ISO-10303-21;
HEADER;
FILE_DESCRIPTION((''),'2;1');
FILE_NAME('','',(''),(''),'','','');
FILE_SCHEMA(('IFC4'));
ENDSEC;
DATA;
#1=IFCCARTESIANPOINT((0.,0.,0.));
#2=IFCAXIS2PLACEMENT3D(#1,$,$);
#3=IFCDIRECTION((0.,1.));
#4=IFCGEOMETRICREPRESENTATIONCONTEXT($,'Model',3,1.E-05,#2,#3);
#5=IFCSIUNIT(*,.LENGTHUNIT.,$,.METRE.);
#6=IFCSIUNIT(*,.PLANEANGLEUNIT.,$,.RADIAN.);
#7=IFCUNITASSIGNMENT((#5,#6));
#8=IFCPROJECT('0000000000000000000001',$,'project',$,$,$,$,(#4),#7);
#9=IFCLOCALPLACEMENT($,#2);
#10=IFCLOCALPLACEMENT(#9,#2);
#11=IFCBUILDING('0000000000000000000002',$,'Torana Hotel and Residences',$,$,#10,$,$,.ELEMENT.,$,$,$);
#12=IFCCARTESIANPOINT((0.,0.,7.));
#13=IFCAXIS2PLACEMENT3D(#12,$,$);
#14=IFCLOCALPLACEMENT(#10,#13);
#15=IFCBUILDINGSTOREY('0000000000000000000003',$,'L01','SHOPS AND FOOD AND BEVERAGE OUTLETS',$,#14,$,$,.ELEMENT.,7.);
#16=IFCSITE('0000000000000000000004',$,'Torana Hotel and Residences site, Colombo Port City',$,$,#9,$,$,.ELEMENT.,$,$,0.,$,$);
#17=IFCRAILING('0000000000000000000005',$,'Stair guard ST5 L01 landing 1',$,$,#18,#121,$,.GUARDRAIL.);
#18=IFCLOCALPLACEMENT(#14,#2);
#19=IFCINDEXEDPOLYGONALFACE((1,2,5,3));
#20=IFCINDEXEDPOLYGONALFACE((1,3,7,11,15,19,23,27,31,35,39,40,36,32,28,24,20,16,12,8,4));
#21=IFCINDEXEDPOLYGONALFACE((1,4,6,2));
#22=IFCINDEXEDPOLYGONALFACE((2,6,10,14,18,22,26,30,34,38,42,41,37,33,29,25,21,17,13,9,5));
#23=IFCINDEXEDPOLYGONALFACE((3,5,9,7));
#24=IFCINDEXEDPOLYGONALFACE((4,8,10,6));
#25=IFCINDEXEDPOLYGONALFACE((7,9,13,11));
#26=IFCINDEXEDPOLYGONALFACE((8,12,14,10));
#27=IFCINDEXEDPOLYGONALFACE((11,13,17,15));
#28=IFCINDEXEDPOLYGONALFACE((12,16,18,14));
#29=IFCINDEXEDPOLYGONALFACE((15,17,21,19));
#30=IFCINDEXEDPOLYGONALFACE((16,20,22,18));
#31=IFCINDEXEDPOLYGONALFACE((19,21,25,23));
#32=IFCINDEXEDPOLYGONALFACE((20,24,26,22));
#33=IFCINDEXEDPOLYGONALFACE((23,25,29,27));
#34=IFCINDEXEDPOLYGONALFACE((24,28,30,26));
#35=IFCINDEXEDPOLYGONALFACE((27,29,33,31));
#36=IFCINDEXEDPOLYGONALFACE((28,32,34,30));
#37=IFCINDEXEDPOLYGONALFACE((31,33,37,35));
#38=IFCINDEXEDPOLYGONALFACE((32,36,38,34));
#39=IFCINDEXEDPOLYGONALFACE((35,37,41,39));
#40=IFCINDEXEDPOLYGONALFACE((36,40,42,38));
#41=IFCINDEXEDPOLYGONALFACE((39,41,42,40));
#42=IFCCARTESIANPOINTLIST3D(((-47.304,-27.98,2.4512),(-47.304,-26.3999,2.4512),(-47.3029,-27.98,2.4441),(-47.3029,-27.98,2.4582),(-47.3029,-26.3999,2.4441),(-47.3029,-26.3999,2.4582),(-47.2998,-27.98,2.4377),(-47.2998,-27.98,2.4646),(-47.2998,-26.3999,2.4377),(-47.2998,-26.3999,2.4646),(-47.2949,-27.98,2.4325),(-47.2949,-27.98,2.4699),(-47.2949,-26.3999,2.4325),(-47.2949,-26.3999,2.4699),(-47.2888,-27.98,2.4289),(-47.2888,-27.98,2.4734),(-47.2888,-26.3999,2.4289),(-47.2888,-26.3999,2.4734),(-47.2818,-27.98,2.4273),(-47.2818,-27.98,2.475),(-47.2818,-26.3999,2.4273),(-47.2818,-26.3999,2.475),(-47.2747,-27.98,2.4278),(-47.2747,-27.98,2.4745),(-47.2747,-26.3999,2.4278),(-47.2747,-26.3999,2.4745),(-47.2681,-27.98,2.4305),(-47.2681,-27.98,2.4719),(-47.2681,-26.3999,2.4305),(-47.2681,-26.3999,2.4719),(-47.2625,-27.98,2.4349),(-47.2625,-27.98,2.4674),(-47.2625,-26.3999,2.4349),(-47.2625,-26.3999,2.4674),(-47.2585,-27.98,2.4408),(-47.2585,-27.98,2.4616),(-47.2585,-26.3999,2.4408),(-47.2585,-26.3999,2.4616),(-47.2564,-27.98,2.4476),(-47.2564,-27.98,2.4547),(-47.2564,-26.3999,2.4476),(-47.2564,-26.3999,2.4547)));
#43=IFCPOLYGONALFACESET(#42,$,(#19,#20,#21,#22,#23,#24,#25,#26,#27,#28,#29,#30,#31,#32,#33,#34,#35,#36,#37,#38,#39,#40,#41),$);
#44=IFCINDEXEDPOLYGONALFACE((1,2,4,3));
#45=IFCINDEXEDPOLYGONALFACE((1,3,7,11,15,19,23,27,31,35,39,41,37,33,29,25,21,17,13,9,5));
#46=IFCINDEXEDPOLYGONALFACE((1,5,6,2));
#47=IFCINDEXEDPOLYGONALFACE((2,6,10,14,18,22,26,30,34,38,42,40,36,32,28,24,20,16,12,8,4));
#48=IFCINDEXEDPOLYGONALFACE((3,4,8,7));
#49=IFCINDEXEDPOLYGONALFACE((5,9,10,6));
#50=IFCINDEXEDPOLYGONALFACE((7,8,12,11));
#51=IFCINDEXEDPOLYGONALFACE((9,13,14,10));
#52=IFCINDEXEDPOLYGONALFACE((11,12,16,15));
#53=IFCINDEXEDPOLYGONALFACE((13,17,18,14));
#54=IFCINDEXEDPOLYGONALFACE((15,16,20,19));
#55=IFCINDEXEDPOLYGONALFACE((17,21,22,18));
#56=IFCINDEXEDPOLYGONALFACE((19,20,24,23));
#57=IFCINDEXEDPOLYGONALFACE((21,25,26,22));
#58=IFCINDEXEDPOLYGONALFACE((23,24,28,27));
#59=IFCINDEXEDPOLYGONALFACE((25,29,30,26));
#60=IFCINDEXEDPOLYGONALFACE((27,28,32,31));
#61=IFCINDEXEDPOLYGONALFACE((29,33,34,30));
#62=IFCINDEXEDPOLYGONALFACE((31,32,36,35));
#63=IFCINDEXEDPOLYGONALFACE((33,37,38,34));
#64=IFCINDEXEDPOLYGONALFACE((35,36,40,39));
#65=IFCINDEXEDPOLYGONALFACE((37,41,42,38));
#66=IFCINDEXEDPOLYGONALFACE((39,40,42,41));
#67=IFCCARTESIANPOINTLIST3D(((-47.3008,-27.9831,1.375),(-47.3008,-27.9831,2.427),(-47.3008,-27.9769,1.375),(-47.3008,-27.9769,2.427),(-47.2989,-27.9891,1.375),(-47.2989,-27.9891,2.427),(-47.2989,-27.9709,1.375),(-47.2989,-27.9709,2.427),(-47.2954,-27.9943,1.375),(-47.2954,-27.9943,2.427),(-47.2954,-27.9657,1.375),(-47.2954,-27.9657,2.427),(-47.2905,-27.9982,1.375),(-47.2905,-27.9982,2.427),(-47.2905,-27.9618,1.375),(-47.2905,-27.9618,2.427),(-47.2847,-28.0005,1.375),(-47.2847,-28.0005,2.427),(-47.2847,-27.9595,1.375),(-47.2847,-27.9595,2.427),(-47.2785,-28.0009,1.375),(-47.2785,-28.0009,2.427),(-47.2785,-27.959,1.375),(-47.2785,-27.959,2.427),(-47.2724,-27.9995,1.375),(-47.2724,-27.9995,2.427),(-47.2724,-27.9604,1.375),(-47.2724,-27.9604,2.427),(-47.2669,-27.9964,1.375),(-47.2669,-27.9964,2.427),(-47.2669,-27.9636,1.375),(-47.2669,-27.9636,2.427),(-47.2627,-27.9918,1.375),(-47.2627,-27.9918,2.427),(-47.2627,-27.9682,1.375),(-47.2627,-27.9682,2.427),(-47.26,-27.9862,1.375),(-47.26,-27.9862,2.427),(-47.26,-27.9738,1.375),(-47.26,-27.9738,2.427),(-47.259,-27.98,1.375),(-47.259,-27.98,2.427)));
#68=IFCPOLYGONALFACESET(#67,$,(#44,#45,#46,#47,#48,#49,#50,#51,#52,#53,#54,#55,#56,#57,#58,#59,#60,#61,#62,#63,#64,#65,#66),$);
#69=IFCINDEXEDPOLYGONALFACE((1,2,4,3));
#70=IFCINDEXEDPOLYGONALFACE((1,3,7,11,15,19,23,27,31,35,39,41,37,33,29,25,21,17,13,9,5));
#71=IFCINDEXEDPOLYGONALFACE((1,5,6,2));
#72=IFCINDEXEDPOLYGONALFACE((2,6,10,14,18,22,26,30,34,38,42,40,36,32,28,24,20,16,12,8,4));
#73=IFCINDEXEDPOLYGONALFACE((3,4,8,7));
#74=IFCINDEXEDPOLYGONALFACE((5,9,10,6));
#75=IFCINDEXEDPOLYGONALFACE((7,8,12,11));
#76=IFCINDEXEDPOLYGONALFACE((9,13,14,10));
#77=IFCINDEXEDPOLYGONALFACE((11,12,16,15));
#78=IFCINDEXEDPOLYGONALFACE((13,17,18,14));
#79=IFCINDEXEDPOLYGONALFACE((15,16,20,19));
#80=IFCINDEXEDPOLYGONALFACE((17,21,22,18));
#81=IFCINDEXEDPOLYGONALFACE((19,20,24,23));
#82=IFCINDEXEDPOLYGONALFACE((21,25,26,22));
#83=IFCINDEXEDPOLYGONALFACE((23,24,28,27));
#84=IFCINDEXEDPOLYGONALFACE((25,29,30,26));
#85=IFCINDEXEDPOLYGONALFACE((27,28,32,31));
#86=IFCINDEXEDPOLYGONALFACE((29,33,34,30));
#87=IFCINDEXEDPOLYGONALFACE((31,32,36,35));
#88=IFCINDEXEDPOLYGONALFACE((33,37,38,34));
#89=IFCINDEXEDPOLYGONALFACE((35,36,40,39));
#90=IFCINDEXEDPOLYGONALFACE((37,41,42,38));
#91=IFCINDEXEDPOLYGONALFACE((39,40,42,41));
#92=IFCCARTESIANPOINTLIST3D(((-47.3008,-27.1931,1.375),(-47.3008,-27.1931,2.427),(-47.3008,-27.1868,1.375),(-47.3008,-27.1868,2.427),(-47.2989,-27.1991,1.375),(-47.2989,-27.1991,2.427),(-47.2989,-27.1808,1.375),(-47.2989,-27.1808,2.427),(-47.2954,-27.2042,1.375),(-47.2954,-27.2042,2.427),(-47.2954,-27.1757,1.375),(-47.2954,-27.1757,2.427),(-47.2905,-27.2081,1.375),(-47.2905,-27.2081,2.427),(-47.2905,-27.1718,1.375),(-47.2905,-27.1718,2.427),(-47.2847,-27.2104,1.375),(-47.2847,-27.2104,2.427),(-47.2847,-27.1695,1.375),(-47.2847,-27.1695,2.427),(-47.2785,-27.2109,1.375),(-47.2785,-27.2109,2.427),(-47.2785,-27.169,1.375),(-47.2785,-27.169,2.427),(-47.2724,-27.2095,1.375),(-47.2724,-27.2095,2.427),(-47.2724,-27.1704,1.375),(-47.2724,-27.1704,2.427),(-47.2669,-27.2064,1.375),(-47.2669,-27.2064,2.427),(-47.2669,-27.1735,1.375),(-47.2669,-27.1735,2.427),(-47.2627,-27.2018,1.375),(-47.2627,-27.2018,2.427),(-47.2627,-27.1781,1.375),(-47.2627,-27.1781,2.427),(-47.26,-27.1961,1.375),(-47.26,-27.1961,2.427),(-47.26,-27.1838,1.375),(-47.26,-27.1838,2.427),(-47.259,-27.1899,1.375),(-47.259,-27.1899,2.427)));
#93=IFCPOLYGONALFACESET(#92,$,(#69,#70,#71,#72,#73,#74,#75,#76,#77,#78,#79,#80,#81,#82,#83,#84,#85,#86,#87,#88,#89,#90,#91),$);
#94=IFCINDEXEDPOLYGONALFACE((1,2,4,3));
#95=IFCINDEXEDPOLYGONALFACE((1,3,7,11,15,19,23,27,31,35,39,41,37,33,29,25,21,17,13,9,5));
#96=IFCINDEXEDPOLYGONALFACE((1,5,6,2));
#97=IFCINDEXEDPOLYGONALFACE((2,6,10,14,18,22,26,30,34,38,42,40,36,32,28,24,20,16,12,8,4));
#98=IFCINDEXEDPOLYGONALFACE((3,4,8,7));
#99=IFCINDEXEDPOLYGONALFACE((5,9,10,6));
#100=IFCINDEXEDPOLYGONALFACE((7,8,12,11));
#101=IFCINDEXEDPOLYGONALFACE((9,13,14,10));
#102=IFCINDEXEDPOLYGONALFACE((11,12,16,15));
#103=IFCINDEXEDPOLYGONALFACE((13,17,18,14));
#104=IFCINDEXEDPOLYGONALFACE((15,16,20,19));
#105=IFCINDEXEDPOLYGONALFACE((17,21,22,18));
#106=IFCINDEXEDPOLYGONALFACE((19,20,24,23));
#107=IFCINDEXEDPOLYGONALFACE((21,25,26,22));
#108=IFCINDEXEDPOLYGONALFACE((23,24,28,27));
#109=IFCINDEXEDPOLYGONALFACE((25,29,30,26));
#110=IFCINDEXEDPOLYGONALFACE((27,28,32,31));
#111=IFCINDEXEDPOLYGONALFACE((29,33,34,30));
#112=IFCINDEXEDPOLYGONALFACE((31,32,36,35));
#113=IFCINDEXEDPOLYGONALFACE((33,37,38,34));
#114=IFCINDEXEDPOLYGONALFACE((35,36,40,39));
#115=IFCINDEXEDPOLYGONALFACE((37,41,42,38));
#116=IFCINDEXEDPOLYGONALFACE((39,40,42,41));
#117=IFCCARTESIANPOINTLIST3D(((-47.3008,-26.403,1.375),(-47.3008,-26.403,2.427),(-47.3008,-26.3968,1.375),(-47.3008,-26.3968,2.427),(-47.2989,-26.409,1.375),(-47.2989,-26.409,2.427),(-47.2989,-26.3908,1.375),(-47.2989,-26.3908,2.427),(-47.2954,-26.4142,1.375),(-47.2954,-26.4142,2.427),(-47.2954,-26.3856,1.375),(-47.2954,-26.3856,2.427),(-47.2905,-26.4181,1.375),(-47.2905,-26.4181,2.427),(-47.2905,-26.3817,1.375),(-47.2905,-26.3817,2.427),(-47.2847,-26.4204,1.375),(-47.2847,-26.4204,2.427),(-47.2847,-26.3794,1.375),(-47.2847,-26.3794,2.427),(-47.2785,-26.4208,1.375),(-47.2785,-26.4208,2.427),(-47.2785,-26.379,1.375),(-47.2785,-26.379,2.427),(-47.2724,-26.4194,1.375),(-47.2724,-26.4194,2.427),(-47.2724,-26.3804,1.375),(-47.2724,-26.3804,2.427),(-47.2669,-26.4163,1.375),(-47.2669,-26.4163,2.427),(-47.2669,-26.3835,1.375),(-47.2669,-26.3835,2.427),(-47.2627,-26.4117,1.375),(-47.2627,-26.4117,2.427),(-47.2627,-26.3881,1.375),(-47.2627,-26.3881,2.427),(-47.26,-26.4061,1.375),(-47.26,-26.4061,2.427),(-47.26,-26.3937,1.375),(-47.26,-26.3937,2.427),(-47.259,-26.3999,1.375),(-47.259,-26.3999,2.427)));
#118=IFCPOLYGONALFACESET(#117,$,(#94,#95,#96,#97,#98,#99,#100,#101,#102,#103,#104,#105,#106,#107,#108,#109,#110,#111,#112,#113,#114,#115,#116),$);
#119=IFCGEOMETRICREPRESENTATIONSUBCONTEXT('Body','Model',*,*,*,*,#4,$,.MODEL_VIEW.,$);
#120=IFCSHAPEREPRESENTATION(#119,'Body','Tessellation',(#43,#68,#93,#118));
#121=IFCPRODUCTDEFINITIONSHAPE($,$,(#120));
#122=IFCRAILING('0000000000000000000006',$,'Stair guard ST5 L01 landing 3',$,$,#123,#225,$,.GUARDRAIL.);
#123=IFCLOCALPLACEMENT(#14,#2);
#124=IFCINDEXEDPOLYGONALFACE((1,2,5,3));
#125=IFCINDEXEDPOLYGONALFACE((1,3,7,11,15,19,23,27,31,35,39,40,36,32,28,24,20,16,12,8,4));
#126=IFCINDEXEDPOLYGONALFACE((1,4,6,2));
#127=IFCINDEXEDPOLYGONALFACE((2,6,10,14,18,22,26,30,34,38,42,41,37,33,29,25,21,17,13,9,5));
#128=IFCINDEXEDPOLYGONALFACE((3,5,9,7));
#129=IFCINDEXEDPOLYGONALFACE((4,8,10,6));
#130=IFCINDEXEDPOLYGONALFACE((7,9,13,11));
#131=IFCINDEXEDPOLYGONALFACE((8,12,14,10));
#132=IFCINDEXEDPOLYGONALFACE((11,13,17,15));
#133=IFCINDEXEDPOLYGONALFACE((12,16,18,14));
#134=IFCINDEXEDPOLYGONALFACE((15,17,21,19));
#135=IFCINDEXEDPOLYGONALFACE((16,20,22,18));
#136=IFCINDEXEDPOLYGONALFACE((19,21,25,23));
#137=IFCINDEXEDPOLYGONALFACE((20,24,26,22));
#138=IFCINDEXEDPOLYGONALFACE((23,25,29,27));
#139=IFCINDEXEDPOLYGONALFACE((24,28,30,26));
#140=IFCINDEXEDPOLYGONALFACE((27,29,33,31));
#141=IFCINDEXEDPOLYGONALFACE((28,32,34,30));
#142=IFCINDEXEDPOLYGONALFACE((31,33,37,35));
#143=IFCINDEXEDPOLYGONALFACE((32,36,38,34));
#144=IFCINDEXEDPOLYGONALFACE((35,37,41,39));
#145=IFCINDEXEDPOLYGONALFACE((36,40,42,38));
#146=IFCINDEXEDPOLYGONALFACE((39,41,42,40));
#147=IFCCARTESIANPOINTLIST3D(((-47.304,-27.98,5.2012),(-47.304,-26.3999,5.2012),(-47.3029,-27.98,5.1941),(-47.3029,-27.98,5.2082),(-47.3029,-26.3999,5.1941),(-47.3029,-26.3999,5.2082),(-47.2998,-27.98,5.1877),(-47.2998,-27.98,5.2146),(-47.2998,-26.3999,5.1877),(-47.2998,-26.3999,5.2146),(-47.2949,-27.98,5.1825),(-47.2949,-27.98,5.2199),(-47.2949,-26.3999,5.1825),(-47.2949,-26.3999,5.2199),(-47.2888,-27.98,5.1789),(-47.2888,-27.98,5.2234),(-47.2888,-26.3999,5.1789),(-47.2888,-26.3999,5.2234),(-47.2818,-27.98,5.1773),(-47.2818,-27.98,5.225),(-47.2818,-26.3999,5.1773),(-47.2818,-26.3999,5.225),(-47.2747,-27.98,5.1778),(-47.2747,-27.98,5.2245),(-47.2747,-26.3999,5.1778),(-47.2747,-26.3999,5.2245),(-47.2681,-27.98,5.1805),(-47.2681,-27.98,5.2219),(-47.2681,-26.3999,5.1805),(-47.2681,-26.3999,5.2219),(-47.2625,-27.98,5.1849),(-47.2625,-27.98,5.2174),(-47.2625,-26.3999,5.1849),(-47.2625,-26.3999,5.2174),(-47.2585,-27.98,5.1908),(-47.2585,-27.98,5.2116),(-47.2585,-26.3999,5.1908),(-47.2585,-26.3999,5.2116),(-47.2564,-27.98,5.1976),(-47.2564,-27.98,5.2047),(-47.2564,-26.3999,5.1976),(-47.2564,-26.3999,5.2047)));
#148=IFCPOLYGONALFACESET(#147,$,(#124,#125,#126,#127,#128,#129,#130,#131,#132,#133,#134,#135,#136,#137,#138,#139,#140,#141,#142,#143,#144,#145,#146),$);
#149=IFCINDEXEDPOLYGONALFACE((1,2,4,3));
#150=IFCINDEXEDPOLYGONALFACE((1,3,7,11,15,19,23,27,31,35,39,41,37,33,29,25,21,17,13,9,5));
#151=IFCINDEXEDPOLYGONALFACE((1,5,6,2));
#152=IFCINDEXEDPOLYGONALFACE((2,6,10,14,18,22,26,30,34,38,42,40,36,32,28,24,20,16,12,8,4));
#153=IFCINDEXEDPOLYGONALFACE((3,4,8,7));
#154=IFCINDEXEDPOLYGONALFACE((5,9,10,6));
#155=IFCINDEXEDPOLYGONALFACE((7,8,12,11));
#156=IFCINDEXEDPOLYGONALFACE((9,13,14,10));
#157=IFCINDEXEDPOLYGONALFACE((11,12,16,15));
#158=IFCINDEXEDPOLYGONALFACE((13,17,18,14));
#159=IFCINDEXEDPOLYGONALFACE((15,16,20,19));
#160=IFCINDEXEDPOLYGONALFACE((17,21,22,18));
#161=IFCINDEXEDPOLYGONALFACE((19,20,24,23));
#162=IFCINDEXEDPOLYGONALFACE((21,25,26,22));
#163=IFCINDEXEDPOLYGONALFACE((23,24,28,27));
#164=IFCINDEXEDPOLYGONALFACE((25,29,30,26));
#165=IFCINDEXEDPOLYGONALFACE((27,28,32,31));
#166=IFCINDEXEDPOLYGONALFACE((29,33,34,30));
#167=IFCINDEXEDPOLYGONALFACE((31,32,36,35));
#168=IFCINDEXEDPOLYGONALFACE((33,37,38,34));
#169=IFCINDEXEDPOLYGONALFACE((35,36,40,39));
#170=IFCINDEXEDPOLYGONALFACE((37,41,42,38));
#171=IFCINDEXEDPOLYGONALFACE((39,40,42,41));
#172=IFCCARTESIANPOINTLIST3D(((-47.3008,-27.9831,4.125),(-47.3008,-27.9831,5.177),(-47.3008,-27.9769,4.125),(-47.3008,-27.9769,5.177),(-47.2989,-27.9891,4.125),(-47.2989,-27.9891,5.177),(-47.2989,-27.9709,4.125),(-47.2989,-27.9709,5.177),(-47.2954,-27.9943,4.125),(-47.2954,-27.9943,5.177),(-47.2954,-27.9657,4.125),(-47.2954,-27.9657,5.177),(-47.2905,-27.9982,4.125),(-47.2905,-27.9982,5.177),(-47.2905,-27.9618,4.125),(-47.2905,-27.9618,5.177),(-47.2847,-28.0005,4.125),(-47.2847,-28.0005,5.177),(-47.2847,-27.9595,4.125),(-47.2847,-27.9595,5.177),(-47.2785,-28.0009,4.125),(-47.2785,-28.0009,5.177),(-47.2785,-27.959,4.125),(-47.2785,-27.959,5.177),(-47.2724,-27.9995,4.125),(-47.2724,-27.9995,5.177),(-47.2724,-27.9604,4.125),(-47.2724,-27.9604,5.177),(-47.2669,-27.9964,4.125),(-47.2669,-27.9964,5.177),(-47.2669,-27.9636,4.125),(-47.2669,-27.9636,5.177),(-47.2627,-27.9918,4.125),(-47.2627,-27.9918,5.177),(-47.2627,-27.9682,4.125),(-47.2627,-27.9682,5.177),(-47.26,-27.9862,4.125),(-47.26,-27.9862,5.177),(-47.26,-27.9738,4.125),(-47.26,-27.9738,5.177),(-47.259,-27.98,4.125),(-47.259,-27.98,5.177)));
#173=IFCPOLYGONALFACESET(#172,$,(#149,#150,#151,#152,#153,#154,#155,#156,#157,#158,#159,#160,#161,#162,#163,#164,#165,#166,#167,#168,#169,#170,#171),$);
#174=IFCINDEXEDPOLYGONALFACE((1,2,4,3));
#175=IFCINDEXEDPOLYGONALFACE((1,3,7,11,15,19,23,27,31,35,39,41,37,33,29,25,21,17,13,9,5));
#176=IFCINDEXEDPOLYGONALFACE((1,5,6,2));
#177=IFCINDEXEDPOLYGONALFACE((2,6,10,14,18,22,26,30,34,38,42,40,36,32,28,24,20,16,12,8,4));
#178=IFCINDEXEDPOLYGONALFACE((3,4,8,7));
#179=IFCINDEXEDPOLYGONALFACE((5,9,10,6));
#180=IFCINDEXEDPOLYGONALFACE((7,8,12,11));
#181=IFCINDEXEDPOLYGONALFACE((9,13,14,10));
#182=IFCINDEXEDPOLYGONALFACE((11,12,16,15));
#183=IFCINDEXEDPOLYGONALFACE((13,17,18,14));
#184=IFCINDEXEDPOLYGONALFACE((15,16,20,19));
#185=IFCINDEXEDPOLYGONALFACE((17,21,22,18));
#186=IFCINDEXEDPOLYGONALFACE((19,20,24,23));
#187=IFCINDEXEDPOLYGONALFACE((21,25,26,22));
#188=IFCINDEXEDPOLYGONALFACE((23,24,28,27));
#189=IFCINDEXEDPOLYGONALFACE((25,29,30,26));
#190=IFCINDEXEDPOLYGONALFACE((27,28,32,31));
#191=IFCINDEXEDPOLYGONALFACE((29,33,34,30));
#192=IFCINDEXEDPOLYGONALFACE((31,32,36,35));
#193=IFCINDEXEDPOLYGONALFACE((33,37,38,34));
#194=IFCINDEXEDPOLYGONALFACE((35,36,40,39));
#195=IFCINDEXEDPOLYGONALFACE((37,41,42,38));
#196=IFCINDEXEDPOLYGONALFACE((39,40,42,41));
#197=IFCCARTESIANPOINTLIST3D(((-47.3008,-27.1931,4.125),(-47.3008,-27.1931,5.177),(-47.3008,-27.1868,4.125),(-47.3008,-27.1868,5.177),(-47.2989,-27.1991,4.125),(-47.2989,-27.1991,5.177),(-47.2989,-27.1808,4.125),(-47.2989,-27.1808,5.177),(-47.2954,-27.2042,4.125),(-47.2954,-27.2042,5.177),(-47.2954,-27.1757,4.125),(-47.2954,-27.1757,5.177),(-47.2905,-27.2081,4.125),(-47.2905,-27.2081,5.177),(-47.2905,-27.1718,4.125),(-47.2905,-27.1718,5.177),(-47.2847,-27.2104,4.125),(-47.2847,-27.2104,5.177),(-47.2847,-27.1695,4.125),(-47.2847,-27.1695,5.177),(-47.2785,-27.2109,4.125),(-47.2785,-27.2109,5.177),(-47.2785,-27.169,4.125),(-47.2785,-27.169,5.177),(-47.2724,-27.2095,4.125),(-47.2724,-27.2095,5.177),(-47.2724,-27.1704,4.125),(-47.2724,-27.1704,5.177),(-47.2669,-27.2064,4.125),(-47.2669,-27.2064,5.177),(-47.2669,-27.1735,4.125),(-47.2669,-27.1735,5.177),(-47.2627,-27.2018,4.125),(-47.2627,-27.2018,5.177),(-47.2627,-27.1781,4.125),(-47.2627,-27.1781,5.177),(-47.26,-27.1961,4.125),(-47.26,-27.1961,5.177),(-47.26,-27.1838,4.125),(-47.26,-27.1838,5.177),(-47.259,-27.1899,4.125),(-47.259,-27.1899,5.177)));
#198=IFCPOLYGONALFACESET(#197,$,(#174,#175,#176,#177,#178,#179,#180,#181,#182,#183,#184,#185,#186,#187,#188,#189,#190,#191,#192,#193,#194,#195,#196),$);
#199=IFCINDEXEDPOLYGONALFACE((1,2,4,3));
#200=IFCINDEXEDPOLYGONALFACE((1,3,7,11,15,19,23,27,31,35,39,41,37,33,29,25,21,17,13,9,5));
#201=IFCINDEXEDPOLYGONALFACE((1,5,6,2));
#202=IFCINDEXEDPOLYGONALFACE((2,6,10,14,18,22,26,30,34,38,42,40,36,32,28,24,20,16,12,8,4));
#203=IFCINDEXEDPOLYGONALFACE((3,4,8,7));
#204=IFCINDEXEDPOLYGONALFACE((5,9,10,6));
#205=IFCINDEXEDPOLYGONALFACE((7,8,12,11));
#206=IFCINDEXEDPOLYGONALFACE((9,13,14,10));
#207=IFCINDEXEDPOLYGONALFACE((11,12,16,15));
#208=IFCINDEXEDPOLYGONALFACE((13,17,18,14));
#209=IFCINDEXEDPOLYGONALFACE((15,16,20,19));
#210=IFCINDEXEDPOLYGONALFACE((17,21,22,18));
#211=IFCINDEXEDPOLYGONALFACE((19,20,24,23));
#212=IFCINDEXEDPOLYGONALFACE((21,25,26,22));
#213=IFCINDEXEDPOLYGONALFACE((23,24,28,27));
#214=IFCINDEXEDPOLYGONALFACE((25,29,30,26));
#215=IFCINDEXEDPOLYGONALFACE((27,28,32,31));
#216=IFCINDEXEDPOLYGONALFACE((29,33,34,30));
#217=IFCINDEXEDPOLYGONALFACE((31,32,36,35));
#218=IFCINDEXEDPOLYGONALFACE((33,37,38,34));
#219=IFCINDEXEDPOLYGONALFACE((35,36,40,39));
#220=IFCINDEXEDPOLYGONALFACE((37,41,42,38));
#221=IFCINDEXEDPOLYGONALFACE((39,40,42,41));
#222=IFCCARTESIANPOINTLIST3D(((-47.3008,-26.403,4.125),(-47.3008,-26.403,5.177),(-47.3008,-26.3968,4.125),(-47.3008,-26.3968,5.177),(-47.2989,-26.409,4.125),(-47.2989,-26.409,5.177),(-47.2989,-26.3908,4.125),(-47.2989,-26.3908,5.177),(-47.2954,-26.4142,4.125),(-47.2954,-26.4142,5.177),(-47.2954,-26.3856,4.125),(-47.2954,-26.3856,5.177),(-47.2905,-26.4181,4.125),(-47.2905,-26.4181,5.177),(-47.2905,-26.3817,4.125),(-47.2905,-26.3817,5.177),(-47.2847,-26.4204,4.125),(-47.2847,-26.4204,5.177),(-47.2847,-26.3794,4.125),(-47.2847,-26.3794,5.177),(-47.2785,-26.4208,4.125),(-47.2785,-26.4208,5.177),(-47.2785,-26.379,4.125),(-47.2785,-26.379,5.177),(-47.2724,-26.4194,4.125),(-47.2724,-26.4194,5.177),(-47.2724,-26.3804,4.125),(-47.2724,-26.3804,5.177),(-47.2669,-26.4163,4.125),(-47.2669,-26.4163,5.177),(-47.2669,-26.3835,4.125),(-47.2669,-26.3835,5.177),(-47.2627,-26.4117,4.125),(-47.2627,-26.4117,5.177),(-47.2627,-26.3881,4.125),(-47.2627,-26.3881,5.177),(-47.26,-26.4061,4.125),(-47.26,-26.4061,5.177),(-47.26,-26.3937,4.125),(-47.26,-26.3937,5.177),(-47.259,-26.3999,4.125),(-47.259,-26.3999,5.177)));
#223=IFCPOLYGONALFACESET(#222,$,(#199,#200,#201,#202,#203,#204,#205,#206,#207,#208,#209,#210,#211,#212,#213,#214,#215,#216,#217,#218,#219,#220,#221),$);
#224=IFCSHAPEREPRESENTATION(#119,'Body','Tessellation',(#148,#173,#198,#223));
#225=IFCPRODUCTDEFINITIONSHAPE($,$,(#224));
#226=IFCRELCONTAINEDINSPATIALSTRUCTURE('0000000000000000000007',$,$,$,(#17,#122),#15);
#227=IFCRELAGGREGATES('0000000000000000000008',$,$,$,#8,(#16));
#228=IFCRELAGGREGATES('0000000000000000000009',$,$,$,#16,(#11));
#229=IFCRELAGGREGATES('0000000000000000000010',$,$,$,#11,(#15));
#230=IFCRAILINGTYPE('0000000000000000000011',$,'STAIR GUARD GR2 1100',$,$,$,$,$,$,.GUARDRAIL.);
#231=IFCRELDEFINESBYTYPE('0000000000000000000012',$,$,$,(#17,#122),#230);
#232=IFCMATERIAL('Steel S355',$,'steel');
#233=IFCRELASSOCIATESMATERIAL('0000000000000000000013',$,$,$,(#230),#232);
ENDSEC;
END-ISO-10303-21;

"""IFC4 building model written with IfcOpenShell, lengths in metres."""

from ifc_helpers import new_model, si_unit, direction, frame, origin, origin_2d, place, context, subcontext, project, spatial, circle, extrude, material, type_object, element, save


model = new_model("IFC4")

# Units and contexts
model_context = context("Model", 3, precision=1e-05, world=origin(), true_north=direction((0.0, 1.0)))
body_context = subcontext(model_context, "Body", "Model", "MODEL_VIEW")
ifc_project = project(units=[si_unit("LENGTHUNIT", "METRE"), si_unit("PLANEANGLEUNIT", "RADIAN")], contexts=[model_context])

# Site, building, storey
site_placement = place(None, origin())
site = spatial("IfcSite", under=ifc_project, at=site_placement, Name="Torana Hotel and Residences site, Colombo Port City", CompositionType="ELEMENT", RefElevation=0.0)
building_placement = place(site_placement, origin())
building = spatial("IfcBuilding", under=site, at=building_placement, Name="Torana Hotel and Residences", CompositionType="ELEMENT")
storey_placement = place(building_placement, frame((0.0, 0.0, 7.0)))
storey = spatial("IfcBuildingStorey", under=building, at=storey_placement, Name="L01", Description="SHOPS AND FOOD AND BEVERAGE OUTLETS", CompositionType="ELEMENT", Elevation=7.0)

# Railings
ifc_material_1 = material(Name="Steel S355", Category="steel")
railing_type_1 = type_object("IfcRailingType", Name="STAIR GUARD GR2 1100", PredefinedType="GUARDRAIL", material=ifc_material_1)
for number, where, name in (
    (1, (-47.28, -27.98, 1.375), "Stair guard ST5 L01 landing 1"),
    (2, (-47.28, -27.98, 4.125), "Stair guard ST5 L01 landing 3"),
):
    element("IfcRailing", number, at=place(storey_placement, frame(where)), inside=storey, type_object=railing_type_1, Name=name, PredefinedType="GUARDRAIL", context=body_context, shape_type="SweptSolid", body=[
        extrude(circle(Radius=0.0239, at=origin_2d()), frame((0.0, 0.0, 1.0762), z_axis=(0.0, 1.0, 0.0), x_axis=(-1.0, 0.0, 0.0)), (0.0, 0.0, 1.0), 1.5801),
        extrude(circle(Radius=0.021, at=origin_2d()), origin(), (0.0, 0.0, 1.0), 1.052),
        extrude(circle(Radius=0.021, at=origin_2d()), frame((0.0, 0.79, 0.0)), (0.0, 0.0, 1.0), 1.052),
        extrude(circle(Radius=0.021, at=origin_2d()), frame((0.0, 1.5801, 0.0)), (0.0, 0.0, 1.0), 1.052),
    ])

save(model, "model.ifc")
